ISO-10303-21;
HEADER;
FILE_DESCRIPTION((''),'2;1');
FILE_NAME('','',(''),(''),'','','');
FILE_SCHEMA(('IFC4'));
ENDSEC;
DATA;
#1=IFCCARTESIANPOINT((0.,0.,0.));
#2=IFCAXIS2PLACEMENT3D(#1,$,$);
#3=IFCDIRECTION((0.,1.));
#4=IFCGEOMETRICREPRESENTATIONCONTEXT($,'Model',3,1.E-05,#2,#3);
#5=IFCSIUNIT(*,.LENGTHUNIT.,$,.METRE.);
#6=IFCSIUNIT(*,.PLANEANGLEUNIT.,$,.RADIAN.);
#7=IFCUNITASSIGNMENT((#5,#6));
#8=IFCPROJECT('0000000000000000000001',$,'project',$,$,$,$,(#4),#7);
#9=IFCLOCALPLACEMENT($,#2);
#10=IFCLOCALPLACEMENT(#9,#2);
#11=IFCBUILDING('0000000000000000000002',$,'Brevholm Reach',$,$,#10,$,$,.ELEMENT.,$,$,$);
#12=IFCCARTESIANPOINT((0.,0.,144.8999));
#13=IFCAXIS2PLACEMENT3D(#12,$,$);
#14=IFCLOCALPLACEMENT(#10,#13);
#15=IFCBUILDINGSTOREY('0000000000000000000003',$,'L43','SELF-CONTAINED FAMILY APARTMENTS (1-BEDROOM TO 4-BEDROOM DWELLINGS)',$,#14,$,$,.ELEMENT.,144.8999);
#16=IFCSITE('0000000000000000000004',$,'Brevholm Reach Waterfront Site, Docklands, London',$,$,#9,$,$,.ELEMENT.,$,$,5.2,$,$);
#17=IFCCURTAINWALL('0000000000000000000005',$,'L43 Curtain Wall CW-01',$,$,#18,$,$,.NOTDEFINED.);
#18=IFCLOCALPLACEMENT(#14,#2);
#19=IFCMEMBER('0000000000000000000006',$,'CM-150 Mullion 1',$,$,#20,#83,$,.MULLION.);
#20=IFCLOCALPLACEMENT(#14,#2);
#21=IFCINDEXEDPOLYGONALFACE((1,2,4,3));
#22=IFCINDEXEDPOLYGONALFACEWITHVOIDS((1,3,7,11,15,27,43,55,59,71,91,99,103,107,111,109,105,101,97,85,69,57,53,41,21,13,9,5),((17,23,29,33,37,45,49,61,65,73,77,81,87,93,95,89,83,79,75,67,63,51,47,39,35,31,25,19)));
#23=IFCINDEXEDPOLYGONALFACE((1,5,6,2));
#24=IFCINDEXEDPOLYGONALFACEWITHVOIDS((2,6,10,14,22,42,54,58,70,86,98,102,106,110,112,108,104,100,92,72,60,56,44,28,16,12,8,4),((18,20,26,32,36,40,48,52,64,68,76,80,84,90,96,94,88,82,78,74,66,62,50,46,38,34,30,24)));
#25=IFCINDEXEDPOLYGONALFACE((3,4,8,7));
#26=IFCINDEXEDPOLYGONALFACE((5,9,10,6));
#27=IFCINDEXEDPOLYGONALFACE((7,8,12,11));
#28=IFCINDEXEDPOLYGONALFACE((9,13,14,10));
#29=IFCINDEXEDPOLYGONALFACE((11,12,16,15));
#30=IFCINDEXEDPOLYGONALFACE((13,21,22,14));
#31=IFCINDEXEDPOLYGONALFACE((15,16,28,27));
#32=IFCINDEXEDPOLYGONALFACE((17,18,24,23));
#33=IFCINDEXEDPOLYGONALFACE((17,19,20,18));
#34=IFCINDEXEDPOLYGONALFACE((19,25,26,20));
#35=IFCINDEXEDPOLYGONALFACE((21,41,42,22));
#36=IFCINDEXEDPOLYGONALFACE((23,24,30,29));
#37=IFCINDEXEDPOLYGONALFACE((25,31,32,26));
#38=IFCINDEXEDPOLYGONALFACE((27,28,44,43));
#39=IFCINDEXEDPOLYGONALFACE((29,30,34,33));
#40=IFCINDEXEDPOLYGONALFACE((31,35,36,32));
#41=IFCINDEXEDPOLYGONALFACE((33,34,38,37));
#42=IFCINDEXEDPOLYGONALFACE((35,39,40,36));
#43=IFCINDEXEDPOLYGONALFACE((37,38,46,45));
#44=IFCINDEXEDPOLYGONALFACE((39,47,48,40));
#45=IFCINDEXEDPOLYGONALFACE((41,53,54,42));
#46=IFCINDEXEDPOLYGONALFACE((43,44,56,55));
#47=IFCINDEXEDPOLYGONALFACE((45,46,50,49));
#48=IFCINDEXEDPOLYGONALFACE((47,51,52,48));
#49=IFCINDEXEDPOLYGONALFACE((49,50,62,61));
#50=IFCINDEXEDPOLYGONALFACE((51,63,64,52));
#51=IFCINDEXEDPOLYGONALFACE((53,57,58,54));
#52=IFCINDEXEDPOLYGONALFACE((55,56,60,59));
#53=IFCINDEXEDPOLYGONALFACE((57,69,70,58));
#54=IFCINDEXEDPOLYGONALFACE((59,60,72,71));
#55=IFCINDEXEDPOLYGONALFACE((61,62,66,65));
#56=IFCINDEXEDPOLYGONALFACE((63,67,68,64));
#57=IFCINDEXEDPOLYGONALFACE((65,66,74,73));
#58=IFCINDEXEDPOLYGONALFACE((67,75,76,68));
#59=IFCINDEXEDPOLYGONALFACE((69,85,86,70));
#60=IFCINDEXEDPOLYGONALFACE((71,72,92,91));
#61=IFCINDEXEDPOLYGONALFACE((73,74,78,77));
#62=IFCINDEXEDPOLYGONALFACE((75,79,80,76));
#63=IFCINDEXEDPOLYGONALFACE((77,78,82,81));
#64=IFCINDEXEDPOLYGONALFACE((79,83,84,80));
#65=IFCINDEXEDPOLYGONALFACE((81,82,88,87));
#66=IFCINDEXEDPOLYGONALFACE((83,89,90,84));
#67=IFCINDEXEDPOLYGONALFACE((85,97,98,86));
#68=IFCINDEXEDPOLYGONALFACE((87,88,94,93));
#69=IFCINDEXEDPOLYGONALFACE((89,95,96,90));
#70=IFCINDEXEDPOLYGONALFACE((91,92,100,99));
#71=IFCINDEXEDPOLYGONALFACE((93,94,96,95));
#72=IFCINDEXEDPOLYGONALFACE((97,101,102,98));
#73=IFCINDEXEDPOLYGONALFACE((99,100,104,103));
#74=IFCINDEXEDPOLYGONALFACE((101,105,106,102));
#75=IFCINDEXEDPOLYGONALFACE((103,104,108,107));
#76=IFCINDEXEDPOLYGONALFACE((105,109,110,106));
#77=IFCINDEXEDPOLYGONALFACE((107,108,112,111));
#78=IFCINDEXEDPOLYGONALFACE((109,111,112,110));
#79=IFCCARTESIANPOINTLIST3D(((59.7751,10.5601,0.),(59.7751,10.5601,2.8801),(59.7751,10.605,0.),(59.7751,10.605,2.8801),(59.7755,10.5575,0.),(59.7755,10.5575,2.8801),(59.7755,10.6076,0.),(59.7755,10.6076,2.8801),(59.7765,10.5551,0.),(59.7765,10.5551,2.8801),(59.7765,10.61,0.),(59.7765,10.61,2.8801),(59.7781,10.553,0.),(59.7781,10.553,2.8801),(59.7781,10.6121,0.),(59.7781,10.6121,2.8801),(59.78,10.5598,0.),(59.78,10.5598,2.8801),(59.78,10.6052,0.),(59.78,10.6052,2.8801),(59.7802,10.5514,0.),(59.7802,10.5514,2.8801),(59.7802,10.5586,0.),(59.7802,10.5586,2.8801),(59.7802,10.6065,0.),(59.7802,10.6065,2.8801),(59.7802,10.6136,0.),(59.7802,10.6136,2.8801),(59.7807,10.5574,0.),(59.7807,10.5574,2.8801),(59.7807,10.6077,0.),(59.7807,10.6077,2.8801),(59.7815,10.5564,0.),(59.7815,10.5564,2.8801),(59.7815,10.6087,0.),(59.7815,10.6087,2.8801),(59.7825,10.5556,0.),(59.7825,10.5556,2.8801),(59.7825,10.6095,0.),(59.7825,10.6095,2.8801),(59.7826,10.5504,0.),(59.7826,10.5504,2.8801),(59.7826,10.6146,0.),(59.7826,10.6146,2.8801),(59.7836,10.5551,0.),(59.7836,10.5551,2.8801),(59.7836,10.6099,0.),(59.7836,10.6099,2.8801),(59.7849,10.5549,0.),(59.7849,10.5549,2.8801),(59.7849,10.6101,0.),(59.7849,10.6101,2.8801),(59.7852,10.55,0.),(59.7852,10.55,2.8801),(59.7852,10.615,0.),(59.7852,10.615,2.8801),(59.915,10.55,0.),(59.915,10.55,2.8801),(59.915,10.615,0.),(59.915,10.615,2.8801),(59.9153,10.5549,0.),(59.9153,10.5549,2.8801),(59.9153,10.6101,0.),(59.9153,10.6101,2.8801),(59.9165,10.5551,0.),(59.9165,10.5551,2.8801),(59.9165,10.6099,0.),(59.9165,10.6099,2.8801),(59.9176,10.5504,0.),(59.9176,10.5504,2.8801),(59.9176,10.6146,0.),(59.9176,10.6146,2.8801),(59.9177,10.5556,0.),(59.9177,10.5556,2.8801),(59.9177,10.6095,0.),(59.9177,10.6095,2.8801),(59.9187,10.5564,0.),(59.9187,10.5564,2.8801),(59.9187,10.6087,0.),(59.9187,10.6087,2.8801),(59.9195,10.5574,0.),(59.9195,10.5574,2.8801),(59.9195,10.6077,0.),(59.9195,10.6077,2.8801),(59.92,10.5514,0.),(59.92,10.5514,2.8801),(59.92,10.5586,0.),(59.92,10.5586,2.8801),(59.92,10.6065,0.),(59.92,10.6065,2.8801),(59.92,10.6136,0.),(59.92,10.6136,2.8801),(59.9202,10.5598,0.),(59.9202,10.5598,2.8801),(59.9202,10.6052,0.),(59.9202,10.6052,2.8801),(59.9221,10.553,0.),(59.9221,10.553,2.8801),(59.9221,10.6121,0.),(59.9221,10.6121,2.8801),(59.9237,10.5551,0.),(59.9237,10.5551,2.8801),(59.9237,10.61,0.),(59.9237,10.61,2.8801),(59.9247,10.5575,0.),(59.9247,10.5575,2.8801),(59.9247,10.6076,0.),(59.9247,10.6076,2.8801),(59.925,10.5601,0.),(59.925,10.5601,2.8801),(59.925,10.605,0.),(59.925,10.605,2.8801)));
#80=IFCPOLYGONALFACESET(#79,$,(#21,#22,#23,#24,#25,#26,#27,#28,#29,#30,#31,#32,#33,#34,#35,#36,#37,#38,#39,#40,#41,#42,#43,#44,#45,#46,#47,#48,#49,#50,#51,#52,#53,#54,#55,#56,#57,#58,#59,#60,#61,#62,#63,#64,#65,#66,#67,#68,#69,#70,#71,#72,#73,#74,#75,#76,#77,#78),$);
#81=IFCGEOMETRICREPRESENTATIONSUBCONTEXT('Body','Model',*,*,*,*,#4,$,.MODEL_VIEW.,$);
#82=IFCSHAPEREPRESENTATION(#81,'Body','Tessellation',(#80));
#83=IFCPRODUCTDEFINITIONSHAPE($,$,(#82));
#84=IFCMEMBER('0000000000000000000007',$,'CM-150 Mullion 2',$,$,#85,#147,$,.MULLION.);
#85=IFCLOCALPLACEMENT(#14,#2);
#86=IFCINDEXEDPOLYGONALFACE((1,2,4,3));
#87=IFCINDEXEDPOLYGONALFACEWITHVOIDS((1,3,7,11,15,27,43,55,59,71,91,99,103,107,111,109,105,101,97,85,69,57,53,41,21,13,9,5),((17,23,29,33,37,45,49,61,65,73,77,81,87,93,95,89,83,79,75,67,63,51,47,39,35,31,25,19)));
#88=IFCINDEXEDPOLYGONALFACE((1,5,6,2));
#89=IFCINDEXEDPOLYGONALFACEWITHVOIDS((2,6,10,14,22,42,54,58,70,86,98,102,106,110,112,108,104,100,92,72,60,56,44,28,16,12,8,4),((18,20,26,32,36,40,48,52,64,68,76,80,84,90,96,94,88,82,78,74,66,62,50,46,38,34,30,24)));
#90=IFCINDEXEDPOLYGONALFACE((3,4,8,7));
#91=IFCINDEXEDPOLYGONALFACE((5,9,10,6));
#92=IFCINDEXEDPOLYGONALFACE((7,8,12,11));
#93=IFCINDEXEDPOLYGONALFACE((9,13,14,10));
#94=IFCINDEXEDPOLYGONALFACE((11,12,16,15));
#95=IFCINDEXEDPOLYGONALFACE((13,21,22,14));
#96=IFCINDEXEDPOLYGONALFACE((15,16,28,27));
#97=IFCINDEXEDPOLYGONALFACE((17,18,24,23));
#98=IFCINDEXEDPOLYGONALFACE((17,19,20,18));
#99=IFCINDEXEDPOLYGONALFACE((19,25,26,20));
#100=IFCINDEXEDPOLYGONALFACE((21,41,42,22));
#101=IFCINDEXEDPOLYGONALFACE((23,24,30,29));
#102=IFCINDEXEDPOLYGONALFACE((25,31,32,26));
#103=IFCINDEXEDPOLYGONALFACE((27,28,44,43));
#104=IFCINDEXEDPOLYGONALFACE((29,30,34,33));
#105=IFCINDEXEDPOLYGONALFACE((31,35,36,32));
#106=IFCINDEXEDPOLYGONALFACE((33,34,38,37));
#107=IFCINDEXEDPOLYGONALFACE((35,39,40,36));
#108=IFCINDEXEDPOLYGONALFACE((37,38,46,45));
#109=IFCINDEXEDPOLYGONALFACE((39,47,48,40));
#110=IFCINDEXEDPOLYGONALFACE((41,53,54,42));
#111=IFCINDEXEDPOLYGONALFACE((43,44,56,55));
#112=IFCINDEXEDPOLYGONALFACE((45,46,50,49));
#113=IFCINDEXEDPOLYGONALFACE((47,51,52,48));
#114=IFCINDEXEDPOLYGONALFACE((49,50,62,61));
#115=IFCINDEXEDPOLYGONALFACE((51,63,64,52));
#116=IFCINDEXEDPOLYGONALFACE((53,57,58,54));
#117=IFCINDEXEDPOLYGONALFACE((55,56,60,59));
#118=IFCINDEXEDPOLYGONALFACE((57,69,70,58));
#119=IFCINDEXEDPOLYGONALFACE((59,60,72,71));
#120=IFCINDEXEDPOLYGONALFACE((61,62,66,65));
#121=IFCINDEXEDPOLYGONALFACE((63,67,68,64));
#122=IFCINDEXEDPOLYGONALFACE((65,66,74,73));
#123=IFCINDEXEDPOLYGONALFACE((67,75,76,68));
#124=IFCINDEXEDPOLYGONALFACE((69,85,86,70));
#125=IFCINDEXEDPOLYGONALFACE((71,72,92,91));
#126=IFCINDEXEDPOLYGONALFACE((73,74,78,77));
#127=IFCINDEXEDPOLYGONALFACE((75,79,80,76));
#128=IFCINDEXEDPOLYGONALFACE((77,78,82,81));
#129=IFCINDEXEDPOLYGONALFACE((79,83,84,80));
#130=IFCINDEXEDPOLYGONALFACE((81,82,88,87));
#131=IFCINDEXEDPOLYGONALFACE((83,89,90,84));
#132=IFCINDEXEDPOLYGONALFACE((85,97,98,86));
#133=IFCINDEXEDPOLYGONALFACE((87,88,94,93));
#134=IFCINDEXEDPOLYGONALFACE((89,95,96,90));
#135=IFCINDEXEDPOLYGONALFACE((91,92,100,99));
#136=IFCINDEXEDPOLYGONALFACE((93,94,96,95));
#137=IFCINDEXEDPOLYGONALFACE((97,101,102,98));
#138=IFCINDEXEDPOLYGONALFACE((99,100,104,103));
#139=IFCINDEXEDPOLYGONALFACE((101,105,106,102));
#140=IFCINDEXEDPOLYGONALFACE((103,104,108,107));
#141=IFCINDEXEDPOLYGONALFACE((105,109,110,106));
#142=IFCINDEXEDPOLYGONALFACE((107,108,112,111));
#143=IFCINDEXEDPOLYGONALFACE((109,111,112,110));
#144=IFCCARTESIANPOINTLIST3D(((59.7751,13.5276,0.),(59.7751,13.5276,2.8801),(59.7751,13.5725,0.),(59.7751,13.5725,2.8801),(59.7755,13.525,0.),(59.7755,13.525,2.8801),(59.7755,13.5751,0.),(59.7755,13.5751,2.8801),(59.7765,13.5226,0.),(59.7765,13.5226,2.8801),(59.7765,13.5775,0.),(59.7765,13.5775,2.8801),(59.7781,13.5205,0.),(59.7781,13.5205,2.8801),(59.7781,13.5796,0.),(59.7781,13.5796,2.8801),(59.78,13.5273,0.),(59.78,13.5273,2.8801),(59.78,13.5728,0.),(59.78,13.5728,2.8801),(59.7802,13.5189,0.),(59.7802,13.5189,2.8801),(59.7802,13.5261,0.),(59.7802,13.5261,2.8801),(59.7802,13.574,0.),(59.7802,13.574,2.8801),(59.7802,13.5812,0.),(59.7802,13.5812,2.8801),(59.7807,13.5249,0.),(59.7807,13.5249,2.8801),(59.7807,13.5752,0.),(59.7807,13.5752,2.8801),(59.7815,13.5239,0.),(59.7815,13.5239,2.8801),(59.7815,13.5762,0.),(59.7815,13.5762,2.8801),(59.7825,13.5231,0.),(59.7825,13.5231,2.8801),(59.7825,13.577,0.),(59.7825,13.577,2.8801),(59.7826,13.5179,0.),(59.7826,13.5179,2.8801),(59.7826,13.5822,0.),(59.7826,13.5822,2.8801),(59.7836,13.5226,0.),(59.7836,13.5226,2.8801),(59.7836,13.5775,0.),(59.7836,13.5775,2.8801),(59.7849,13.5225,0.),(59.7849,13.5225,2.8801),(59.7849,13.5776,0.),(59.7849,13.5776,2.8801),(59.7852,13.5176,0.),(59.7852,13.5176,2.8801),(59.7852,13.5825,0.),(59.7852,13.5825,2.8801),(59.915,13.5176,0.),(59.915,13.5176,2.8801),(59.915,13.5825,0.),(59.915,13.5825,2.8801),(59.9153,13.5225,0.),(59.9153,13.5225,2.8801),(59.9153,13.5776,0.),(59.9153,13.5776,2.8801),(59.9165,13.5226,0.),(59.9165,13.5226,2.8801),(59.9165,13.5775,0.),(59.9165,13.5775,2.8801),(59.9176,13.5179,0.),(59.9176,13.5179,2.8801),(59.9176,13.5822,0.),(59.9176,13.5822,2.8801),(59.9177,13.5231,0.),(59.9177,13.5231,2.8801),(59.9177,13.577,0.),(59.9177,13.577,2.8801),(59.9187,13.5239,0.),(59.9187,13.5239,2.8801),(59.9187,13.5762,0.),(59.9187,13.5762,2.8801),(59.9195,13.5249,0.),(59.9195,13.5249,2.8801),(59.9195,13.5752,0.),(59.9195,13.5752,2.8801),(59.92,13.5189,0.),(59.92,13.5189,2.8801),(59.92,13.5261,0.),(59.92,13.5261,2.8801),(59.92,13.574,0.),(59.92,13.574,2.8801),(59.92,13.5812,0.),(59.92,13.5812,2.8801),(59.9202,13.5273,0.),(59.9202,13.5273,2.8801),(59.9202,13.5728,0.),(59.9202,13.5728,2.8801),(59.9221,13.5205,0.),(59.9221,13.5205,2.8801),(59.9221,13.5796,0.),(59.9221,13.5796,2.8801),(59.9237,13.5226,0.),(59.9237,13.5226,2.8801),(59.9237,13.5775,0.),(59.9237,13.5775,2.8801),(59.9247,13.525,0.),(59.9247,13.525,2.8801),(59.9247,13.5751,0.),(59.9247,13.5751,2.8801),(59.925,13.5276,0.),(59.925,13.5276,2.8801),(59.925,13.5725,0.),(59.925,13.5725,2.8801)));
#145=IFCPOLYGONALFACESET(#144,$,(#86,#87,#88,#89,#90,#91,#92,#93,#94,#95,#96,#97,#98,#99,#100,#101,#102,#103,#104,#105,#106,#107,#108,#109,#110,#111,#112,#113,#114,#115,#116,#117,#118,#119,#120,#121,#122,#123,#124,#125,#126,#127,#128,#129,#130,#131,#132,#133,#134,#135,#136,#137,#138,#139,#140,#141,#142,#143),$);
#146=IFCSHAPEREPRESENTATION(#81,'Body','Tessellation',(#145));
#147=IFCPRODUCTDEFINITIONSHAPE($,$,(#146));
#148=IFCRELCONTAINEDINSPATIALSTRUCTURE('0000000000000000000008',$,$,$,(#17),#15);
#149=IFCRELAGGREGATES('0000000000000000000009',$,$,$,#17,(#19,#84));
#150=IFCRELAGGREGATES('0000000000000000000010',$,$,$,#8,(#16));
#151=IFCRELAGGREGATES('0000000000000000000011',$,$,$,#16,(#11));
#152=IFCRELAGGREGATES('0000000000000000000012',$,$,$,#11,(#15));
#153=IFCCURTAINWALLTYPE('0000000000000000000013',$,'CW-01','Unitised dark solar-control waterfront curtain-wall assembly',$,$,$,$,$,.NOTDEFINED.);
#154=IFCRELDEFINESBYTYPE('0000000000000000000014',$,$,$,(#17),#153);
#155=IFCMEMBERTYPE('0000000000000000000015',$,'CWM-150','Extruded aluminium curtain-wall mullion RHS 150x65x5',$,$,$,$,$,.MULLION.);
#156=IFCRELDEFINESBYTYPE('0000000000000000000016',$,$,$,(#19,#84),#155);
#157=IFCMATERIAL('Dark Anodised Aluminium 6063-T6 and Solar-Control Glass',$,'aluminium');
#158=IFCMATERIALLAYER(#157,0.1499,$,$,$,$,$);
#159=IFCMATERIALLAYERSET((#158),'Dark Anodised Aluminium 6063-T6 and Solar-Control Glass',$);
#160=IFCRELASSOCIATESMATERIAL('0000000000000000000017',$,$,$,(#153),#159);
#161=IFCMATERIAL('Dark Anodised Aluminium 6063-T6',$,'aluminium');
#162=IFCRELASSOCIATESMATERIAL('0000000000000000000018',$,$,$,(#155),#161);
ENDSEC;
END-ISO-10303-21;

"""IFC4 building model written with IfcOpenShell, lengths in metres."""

from ifc_helpers import new_model, si_unit, direction, frame, origin, origin_2d, place, context, subcontext, project, spatial, hollow_rectangle, extrude, material, layer, layer_set, material_profile, profile_set, type_object, element, aggregate, save


model = new_model("IFC4")

# Units and contexts
model_context = context("Model", 3, precision=1e-05, world=origin(), true_north=direction((0.0, 1.0)))
body_context = subcontext(model_context, "Body", "Model", "MODEL_VIEW")
ifc_project = project(units=[si_unit("LENGTHUNIT", "METRE"), si_unit("PLANEANGLEUNIT", "RADIAN")], contexts=[model_context])

# Site, building, storey
site_placement = place(None, origin())
site = spatial("IfcSite", under=ifc_project, at=site_placement, Name="Brevholm Reach Waterfront Site, Docklands, London", CompositionType="ELEMENT", RefElevation=5.2)
building_placement = place(site_placement, origin())
building = spatial("IfcBuilding", under=site, at=building_placement, Name="Brevholm Reach", CompositionType="ELEMENT")
storey_placement = place(building_placement, frame((0.0, 0.0, 144.8999)))
storey = spatial("IfcBuildingStorey", under=building, at=storey_placement, Name="L43", Description="SELF-CONTAINED FAMILY APARTMENTS (1-BEDROOM TO 4-BEDROOM DWELLINGS)", CompositionType="ELEMENT", Elevation=144.8999)

# Curtain wall, members
ifc_material_1 = material(Name="Dark Anodised Aluminium 6063-T6 and Solar-Control Glass", Category="aluminium")
ifc_layer_1 = layer(ifc_material_1, 0.1499)
ifc_layer_set_1 = layer_set([ifc_layer_1], Name="Dark Anodised Aluminium 6063-T6 and Solar-Control Glass")
curtain_wall_type = type_object("IfcCurtainWallType", Name="CW-01", Description="Unitised dark solar-control waterfront curtain-wall assembly", PredefinedType="NOTDEFINED", material=ifc_layer_set_1)
curtain_wall_placement = place(storey_placement, origin())
curtain_wall = element("IfcCurtainWall", 1, at=curtain_wall_placement, inside=storey, type_object=curtain_wall_type, Name="L43 Curtain Wall CW-01", PredefinedType="NOTDEFINED")
ifc_material_2 = material(Name="Dark Anodised Aluminium 6063-T6", Category="aluminium")
ifc_material_profile_1 = material_profile(ifc_material_2, hollow_rectangle(XDim=0.0649, YDim=0.1499, WallThickness=0.0049, InnerFilletRadius=0.0049, OuterFilletRadius=0.01, at=origin_2d()), Name="RHS 150x65x5")
ifc_profile_set_1 = profile_set([ifc_material_profile_1], Name="Dark Anodised Aluminium 6063-T6")
member_type_1 = type_object("IfcMemberType", Name="CWM-150", Description="Extruded aluminium curtain-wall mullion RHS 150x65x5", PredefinedType="MULLION", material=ifc_profile_set_1)
member_1_placement = place(storey_placement, frame((59.8501, 10.5825, 0.0), z_axis=(0.0, 0.0, 1.0), x_axis=(0.0, 1.0, 0.0)))
member_1 = element("IfcMember", 2, at=member_1_placement, type_object=member_type_1, Name="CM-150 Mullion 1", PredefinedType="MULLION", context=body_context, shape_type="SweptSolid", body=[
    extrude(hollow_rectangle(XDim=0.0649, YDim=0.1499, WallThickness=0.0049, InnerFilletRadius=0.0049, OuterFilletRadius=0.01, at=origin_2d()), origin(), (0.0, 0.0, 1.0), 2.8801),
])
member_2_placement = place(storey_placement, frame((59.8501, 13.55, 0.0), z_axis=(0.0, 0.0, 1.0), x_axis=(0.0, 1.0, 0.0)))
member_2 = element("IfcMember", 3, at=member_2_placement, type_object=member_type_1, Name="CM-150 Mullion 2", PredefinedType="MULLION", context=body_context, shape_type="SweptSolid", body=[
    extrude(hollow_rectangle(XDim=0.0649, YDim=0.1499, WallThickness=0.0049, InnerFilletRadius=0.0049, OuterFilletRadius=0.01, at=origin_2d()), origin(), (0.0, 0.0, 1.0), 2.8801),
])
aggregate(curtain_wall, [member_1, member_2])

save(model, "model.ifc")
